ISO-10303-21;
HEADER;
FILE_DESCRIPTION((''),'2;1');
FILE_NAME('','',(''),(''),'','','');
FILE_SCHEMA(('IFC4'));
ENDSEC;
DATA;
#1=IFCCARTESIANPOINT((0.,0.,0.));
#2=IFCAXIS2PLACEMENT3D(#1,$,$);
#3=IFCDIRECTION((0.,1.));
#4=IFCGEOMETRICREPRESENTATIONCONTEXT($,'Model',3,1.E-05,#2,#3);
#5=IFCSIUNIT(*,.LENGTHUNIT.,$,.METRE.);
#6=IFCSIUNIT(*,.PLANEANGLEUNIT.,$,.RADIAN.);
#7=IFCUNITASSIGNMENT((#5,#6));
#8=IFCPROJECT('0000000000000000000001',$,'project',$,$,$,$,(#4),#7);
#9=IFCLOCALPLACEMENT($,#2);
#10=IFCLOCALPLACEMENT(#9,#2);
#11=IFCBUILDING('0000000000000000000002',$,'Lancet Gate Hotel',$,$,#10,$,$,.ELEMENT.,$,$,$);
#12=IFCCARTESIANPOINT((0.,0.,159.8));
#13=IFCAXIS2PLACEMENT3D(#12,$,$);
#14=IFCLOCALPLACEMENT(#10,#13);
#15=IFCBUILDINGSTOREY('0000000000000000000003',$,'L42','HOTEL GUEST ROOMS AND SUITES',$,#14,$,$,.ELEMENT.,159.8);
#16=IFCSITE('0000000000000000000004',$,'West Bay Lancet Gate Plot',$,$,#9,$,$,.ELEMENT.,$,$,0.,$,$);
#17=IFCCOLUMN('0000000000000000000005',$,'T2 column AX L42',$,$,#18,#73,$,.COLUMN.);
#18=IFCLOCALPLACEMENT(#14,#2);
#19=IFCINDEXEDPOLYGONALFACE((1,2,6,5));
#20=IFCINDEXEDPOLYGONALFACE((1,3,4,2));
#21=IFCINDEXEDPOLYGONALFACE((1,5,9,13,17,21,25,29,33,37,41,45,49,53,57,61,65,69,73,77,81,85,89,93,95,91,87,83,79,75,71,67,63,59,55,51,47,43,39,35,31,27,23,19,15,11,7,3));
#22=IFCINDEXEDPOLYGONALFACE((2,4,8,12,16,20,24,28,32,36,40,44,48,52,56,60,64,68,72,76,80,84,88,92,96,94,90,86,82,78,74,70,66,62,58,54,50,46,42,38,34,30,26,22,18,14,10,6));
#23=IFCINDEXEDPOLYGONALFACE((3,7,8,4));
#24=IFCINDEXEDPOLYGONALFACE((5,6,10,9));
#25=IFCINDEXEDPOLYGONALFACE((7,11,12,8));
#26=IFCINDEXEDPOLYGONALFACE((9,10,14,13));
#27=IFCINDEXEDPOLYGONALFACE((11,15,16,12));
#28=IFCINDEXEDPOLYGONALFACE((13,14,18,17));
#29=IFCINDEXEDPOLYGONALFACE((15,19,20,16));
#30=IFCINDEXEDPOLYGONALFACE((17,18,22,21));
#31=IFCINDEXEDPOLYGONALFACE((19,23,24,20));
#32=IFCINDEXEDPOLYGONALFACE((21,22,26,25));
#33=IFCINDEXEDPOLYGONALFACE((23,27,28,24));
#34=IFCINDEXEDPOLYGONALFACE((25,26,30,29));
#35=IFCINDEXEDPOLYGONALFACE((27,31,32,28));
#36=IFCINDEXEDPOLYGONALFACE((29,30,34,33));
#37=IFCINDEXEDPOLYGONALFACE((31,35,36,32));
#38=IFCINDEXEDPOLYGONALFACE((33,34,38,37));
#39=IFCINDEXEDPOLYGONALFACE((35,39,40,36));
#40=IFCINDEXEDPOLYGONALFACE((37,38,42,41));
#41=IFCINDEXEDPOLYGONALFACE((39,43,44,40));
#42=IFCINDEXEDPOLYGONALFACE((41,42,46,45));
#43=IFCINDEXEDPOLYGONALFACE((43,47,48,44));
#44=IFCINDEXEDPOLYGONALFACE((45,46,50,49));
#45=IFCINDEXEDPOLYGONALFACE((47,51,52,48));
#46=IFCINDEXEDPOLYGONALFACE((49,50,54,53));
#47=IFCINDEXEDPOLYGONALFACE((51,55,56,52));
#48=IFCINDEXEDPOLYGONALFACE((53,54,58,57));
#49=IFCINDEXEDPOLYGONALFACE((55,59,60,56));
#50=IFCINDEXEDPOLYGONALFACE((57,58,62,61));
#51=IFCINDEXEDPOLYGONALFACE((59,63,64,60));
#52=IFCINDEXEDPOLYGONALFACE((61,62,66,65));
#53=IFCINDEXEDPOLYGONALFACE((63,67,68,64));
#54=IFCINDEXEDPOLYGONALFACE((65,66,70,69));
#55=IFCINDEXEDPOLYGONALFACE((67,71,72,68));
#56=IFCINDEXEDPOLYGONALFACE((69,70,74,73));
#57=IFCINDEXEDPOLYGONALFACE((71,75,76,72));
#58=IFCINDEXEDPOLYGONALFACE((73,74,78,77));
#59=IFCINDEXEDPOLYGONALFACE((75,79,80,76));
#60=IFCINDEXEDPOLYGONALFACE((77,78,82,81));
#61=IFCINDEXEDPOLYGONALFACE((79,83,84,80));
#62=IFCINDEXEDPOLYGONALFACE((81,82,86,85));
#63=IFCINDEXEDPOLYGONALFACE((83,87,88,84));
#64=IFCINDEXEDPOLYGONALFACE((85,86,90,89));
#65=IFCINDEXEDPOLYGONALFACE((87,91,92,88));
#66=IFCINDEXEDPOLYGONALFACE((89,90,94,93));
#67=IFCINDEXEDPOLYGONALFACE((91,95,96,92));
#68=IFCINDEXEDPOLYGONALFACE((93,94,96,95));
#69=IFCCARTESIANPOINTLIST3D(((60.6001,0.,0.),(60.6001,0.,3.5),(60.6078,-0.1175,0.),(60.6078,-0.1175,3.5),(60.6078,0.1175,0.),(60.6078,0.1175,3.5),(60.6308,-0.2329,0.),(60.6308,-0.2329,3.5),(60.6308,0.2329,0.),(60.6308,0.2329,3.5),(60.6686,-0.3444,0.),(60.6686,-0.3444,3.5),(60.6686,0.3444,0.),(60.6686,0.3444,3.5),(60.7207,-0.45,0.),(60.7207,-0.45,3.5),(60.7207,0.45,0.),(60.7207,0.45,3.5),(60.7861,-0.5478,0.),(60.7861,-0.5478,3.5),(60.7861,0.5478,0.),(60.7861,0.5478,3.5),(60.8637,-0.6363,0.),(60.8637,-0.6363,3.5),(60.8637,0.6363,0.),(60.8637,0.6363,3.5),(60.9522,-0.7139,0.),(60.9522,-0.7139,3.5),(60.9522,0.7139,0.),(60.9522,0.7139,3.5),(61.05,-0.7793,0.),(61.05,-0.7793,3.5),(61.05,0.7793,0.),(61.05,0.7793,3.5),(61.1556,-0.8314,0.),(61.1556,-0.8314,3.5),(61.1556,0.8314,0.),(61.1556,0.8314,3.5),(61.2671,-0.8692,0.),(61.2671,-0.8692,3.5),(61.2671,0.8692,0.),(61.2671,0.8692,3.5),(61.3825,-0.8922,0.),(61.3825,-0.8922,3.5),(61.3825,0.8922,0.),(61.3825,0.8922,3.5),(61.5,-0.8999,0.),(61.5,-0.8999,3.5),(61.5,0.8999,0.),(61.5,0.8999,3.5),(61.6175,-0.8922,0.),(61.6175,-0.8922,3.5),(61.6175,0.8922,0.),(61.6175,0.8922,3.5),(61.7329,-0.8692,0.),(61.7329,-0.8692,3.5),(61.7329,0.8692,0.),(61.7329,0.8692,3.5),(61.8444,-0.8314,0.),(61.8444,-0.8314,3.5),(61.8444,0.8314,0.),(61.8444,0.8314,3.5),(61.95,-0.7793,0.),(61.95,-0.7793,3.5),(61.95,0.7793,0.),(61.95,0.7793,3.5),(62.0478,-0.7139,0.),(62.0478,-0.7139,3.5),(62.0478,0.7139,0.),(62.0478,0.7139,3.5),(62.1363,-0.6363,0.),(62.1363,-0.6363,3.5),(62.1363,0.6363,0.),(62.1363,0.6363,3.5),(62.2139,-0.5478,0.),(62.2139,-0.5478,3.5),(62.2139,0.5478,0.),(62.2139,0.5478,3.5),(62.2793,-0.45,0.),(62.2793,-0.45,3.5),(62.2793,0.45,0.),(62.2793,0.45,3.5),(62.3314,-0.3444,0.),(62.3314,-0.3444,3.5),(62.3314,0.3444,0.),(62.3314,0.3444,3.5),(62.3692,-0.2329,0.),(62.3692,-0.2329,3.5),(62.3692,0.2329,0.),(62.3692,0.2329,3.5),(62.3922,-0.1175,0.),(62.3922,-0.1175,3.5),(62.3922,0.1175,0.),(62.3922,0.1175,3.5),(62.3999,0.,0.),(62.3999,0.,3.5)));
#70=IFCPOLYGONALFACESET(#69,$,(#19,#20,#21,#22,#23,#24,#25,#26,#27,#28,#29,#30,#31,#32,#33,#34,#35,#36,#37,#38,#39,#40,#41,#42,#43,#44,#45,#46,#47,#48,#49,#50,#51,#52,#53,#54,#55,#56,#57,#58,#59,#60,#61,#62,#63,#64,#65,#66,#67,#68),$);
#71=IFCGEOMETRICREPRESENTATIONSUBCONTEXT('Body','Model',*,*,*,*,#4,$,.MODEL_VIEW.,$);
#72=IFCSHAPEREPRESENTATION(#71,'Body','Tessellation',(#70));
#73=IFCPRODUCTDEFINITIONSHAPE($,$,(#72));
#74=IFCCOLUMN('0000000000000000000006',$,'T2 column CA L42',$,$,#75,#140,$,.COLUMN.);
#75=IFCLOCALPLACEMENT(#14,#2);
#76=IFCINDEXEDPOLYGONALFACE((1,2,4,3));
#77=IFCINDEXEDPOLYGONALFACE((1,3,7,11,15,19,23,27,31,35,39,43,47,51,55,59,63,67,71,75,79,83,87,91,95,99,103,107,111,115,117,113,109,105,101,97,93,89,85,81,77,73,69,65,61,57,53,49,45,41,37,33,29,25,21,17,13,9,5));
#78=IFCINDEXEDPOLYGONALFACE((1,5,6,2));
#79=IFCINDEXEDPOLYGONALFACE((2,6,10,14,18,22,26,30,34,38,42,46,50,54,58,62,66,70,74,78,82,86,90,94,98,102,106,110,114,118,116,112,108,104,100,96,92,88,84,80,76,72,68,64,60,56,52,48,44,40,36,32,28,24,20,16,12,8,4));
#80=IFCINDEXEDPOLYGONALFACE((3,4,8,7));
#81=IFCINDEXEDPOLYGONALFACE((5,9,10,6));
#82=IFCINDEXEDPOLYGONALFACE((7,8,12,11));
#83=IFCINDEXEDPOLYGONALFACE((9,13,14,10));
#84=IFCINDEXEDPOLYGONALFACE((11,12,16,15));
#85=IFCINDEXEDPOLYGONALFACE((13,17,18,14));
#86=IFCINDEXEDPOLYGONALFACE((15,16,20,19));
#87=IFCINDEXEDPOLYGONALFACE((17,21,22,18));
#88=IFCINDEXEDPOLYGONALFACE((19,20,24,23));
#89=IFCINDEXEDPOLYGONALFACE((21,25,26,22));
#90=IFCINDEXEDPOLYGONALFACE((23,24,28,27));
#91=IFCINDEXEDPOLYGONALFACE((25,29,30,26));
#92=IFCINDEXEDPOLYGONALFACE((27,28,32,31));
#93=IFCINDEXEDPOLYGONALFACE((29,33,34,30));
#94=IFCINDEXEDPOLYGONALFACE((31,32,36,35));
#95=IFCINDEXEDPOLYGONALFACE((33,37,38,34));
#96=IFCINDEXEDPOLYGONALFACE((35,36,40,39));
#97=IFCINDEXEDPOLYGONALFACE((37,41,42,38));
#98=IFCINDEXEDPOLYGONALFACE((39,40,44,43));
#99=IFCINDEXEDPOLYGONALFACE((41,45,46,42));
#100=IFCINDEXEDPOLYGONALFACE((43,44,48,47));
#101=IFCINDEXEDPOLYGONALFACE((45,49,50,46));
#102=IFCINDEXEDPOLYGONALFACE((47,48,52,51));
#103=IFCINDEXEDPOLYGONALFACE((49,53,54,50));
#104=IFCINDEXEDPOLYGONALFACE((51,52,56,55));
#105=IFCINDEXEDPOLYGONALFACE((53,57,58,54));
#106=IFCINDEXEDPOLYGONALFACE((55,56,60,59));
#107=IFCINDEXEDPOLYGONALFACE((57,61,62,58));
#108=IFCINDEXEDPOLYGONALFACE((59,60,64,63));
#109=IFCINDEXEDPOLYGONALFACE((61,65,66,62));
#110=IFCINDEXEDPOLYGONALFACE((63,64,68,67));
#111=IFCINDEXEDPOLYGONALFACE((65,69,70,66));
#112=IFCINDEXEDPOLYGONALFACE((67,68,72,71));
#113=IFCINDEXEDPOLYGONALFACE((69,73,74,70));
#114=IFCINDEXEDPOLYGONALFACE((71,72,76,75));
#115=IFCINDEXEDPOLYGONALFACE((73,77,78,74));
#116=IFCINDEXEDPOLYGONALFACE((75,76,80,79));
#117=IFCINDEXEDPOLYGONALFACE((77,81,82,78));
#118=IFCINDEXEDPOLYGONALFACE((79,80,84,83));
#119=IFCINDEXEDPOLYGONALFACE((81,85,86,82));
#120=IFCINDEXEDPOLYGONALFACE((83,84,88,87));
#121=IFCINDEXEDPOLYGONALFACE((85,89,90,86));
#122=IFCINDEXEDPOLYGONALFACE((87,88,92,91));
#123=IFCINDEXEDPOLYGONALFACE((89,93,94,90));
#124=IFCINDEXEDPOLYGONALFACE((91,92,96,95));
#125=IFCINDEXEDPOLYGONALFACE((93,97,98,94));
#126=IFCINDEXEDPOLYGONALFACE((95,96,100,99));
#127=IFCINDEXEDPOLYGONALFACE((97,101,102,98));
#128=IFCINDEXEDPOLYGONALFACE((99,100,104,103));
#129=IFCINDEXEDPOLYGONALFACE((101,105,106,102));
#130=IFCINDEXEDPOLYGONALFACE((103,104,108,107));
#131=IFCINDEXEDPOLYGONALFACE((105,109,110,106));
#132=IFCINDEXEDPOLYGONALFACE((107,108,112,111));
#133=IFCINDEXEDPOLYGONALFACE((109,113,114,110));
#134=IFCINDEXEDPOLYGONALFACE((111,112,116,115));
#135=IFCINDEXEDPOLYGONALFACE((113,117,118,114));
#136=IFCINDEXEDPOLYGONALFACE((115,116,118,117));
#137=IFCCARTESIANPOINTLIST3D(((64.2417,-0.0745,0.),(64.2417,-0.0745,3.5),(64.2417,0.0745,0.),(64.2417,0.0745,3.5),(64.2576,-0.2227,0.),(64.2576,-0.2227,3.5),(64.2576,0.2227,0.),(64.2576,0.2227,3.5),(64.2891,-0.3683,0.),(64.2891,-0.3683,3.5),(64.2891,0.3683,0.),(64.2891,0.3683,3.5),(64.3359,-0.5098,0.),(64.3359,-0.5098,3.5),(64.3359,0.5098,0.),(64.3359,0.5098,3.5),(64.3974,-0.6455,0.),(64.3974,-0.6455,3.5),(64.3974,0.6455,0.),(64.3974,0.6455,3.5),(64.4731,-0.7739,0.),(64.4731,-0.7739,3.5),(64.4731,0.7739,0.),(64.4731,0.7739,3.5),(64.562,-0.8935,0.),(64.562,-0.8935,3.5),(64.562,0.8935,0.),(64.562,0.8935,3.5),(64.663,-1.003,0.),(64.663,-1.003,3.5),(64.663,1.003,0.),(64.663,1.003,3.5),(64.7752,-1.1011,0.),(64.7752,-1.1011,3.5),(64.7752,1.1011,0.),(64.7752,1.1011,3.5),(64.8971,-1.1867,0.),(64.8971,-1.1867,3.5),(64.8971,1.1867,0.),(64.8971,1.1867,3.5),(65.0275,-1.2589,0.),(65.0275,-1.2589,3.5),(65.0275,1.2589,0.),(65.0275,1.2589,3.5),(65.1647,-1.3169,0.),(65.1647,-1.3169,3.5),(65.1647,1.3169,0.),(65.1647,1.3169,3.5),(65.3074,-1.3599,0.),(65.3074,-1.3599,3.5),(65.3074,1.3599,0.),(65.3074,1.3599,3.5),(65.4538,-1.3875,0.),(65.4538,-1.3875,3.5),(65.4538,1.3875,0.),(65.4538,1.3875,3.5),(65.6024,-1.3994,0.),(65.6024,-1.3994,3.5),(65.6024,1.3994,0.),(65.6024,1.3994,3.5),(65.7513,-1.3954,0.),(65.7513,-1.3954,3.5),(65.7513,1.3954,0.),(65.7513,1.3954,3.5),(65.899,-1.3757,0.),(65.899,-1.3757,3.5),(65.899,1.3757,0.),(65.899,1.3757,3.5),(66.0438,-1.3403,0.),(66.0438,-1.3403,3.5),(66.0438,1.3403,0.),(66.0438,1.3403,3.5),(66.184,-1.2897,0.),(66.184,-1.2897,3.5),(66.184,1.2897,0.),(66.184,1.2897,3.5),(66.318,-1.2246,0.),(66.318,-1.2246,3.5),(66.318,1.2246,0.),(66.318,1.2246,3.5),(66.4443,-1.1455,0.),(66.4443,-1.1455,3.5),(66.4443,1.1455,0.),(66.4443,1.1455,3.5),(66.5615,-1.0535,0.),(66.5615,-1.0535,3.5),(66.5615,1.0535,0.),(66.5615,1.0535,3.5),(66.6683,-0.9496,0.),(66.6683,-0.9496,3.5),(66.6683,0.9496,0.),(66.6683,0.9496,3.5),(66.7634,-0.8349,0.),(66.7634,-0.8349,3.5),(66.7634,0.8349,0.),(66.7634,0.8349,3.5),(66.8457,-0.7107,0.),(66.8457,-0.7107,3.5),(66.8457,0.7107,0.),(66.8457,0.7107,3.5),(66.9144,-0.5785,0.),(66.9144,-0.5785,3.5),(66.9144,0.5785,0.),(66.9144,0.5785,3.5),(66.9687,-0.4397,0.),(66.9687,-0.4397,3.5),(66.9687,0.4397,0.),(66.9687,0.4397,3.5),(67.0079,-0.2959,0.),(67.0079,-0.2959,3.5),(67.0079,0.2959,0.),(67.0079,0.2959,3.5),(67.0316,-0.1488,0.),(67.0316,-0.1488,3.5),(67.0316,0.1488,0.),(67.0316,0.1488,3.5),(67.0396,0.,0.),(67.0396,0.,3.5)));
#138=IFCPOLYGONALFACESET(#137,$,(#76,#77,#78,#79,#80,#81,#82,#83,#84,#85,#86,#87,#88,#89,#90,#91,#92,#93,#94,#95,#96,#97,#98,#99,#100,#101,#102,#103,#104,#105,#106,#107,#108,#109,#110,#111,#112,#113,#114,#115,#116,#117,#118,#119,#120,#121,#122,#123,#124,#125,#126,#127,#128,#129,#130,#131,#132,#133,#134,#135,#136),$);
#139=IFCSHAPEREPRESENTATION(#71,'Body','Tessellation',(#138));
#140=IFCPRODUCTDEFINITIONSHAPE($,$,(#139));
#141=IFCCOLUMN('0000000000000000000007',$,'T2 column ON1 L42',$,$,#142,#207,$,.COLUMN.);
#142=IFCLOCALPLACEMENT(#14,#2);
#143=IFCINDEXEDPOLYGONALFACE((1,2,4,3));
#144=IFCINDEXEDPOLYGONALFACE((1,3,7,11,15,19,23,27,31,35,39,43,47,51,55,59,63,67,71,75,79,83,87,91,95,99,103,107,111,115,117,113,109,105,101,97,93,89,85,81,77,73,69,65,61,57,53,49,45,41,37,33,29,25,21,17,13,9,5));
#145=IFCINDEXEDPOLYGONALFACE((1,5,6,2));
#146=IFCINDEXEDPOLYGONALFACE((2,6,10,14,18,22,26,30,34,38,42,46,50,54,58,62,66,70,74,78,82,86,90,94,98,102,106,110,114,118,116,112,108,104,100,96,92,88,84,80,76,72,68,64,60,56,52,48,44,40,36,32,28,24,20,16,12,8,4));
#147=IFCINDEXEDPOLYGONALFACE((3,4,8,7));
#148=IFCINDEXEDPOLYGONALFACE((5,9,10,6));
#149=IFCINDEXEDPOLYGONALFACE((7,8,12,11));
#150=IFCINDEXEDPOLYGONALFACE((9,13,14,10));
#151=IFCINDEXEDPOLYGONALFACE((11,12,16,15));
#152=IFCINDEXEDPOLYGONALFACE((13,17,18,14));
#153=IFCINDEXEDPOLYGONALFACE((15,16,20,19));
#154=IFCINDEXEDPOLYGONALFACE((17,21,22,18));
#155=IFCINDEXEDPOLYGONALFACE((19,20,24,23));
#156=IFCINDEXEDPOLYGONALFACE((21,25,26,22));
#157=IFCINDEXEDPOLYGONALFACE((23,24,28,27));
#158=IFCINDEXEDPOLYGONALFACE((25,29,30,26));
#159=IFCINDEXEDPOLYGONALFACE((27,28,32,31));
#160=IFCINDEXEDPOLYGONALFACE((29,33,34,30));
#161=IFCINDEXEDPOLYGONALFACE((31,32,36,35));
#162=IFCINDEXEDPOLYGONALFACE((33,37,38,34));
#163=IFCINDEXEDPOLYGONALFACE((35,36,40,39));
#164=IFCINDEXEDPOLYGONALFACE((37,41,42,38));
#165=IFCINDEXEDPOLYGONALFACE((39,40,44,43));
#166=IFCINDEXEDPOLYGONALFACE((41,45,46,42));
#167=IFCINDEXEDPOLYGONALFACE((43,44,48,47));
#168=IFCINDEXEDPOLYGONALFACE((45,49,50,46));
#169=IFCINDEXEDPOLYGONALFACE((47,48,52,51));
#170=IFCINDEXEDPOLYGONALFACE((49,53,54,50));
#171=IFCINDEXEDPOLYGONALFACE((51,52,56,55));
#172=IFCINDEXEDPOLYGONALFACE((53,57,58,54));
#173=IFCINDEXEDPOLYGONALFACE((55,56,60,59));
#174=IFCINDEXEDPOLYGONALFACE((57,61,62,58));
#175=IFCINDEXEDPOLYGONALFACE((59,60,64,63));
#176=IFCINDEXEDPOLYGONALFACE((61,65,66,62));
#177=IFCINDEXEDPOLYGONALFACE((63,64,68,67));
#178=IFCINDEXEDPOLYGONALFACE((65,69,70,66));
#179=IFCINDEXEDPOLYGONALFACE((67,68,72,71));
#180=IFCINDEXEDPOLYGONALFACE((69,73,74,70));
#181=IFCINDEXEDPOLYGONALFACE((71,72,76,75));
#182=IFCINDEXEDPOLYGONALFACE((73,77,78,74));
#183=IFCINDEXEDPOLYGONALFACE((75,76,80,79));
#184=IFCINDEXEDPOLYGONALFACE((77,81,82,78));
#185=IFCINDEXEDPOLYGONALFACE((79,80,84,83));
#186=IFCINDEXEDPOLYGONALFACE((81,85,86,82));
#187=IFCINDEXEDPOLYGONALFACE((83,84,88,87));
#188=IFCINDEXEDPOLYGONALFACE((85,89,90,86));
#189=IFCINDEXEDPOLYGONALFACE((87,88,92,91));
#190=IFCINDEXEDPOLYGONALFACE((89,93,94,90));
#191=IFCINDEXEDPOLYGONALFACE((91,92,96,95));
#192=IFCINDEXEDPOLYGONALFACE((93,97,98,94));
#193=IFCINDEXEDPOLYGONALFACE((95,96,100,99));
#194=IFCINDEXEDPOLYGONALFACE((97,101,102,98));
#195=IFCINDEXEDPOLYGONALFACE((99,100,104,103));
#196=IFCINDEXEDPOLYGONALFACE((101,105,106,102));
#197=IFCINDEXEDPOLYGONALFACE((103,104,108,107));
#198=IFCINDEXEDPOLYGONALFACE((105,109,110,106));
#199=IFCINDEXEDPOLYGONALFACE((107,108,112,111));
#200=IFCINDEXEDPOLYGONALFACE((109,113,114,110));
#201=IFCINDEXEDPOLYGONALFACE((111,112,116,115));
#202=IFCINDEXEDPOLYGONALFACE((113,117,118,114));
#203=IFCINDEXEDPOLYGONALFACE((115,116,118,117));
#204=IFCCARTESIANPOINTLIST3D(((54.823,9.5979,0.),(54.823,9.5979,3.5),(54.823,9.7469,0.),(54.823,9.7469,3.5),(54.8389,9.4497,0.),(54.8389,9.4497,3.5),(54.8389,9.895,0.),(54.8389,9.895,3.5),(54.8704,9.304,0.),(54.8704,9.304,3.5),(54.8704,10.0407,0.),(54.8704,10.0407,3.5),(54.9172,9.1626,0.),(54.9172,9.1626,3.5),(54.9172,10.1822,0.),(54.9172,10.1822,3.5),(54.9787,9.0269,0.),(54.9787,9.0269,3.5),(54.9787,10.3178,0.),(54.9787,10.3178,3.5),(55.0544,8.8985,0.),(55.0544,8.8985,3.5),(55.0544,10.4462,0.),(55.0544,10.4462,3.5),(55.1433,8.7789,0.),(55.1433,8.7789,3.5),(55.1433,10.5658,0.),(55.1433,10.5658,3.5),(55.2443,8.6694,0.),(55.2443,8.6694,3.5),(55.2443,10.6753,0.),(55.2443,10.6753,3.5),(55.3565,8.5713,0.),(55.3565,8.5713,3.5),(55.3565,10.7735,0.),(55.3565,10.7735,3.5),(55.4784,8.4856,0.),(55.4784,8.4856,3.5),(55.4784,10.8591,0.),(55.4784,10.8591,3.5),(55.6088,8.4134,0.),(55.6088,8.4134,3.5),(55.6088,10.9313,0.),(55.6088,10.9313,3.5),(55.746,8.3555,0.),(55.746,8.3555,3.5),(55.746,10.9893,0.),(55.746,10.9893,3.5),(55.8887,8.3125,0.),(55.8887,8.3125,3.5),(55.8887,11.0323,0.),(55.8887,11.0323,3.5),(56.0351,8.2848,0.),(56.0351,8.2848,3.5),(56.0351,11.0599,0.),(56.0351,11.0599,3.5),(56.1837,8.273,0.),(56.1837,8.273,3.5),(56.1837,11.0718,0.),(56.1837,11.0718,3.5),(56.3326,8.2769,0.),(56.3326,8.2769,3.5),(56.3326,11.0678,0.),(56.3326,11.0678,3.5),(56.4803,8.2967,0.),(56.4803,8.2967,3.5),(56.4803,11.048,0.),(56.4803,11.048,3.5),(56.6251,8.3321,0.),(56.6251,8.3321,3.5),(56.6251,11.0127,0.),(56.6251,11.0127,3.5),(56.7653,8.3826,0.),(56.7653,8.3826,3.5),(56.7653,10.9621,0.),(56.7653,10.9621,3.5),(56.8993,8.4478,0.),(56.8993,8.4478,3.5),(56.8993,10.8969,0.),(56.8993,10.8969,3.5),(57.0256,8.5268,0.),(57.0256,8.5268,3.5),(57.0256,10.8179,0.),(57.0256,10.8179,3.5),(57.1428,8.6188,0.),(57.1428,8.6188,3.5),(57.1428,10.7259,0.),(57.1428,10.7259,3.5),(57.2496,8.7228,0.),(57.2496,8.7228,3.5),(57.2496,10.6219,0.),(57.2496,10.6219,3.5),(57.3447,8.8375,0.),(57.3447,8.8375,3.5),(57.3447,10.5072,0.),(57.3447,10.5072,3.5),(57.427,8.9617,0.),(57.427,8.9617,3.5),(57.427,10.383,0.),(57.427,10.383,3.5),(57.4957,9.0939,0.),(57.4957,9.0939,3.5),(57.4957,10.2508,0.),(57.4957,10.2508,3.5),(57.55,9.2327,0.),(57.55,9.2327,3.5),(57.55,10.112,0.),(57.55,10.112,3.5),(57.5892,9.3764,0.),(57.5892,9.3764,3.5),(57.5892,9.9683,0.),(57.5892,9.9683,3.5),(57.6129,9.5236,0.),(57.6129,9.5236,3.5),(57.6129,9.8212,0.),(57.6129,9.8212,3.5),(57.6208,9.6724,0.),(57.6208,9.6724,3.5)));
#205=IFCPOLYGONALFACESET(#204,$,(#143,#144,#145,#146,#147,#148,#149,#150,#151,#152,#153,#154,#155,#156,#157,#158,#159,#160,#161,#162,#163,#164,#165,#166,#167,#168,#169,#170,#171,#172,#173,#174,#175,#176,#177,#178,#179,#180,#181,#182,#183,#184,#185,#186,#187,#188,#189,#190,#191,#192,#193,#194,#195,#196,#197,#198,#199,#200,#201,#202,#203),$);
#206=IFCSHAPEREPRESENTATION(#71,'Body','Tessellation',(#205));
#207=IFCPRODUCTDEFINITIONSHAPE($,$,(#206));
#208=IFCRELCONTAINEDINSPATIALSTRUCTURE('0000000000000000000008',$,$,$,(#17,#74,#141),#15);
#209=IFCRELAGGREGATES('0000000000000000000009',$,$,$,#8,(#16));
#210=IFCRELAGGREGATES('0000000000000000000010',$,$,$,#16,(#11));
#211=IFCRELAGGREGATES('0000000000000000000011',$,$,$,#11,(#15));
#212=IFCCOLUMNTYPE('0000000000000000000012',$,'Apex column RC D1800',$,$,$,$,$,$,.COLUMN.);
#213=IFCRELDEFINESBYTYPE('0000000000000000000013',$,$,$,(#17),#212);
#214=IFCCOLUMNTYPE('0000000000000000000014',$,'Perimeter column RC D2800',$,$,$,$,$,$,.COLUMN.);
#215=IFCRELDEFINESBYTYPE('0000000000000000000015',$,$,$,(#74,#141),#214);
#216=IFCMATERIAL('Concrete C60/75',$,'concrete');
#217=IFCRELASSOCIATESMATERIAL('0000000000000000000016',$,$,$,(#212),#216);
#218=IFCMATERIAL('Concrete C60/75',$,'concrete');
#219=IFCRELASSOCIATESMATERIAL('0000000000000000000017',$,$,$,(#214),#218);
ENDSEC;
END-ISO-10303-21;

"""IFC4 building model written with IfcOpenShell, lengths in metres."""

from ifc_helpers import new_model, si_unit, direction, frame, origin, origin_2d, place, context, subcontext, project, spatial, circle, extrude, material, material_profile, profile_set, type_object, element, save


model = new_model("IFC4")

# Units and contexts
model_context = context("Model", 3, precision=1e-05, world=origin(), true_north=direction((0.0, 1.0)))
body_context = subcontext(model_context, "Body", "Model", "MODEL_VIEW")
ifc_project = project(units=[si_unit("LENGTHUNIT", "METRE"), si_unit("PLANEANGLEUNIT", "RADIAN")], contexts=[model_context])

# Site, building, storey
site_placement = place(None, origin())
site = spatial("IfcSite", under=ifc_project, at=site_placement, Name="West Bay Lancet Gate Plot", CompositionType="ELEMENT", RefElevation=0.0)
building_placement = place(site_placement, origin())
building = spatial("IfcBuilding", under=site, at=building_placement, Name="Lancet Gate Hotel", CompositionType="ELEMENT")
storey_placement = place(building_placement, frame((0.0, 0.0, 159.8)))
storey = spatial("IfcBuildingStorey", under=building, at=storey_placement, Name="L42", Description="HOTEL GUEST ROOMS AND SUITES", CompositionType="ELEMENT", Elevation=159.8)

# Columns
ifc_material_1 = material(Name="Concrete C60/75", Category="concrete")
ifc_material_profile_1 = material_profile(ifc_material_1, circle(Radius=0.8999, at=origin_2d()), Name="RC D1800")
ifc_profile_set_1 = profile_set([ifc_material_profile_1], Name="Concrete C60/75")
column_type_1 = type_object("IfcColumnType", Name="Apex column RC D1800", PredefinedType="COLUMN", material=ifc_profile_set_1)
column_placement = place(storey_placement, frame((61.5, 0.0, 0.0), z_axis=(0.0, 0.0, 1.0), x_axis=(1.0, 0.0, 0.0)))
element("IfcColumn", 1, at=column_placement, inside=storey, type_object=column_type_1, Name="T2 column AX L42", PredefinedType="COLUMN", context=body_context, shape_type="SweptSolid", body=[
    extrude(circle(Radius=0.8999, at=origin_2d()), origin(), (0.0, 0.0, 1.0), 3.5),
])
ifc_material_2 = material(Name="Concrete C60/75", Category="concrete")
ifc_material_profile_2 = material_profile(ifc_material_2, circle(Radius=1.3999, at=origin_2d()), Name="RC D2800")
ifc_profile_set_2 = profile_set([ifc_material_profile_2], Name="Concrete C60/75")
column_type_2 = type_object("IfcColumnType", Name="Perimeter column RC D2800", PredefinedType="COLUMN", material=ifc_profile_set_2)
for number, where, z_axis, x_axis, name in (
    (2, (65.6396, 0.0, 0.0), (0.0, 0.0, 1.0), (1.0, 0.0, 0.0), "T2 column CA L42"),
    (3, (56.2209, 9.6724, 0.0), (0.0, 0.0, 1.0), (1.0, 0.0, 0.0), "T2 column ON1 L42"),
):
    element("IfcColumn", number, at=place(storey_placement, frame(where, z_axis=z_axis, x_axis=x_axis)), inside=storey, type_object=column_type_2, Name=name, PredefinedType="COLUMN", context=body_context, shape_type="SweptSolid", body=[
        extrude(circle(Radius=1.3999, at=origin_2d()), origin(), (0.0, 0.0, 1.0), 3.5),
    ])

save(model, "model.ifc")
